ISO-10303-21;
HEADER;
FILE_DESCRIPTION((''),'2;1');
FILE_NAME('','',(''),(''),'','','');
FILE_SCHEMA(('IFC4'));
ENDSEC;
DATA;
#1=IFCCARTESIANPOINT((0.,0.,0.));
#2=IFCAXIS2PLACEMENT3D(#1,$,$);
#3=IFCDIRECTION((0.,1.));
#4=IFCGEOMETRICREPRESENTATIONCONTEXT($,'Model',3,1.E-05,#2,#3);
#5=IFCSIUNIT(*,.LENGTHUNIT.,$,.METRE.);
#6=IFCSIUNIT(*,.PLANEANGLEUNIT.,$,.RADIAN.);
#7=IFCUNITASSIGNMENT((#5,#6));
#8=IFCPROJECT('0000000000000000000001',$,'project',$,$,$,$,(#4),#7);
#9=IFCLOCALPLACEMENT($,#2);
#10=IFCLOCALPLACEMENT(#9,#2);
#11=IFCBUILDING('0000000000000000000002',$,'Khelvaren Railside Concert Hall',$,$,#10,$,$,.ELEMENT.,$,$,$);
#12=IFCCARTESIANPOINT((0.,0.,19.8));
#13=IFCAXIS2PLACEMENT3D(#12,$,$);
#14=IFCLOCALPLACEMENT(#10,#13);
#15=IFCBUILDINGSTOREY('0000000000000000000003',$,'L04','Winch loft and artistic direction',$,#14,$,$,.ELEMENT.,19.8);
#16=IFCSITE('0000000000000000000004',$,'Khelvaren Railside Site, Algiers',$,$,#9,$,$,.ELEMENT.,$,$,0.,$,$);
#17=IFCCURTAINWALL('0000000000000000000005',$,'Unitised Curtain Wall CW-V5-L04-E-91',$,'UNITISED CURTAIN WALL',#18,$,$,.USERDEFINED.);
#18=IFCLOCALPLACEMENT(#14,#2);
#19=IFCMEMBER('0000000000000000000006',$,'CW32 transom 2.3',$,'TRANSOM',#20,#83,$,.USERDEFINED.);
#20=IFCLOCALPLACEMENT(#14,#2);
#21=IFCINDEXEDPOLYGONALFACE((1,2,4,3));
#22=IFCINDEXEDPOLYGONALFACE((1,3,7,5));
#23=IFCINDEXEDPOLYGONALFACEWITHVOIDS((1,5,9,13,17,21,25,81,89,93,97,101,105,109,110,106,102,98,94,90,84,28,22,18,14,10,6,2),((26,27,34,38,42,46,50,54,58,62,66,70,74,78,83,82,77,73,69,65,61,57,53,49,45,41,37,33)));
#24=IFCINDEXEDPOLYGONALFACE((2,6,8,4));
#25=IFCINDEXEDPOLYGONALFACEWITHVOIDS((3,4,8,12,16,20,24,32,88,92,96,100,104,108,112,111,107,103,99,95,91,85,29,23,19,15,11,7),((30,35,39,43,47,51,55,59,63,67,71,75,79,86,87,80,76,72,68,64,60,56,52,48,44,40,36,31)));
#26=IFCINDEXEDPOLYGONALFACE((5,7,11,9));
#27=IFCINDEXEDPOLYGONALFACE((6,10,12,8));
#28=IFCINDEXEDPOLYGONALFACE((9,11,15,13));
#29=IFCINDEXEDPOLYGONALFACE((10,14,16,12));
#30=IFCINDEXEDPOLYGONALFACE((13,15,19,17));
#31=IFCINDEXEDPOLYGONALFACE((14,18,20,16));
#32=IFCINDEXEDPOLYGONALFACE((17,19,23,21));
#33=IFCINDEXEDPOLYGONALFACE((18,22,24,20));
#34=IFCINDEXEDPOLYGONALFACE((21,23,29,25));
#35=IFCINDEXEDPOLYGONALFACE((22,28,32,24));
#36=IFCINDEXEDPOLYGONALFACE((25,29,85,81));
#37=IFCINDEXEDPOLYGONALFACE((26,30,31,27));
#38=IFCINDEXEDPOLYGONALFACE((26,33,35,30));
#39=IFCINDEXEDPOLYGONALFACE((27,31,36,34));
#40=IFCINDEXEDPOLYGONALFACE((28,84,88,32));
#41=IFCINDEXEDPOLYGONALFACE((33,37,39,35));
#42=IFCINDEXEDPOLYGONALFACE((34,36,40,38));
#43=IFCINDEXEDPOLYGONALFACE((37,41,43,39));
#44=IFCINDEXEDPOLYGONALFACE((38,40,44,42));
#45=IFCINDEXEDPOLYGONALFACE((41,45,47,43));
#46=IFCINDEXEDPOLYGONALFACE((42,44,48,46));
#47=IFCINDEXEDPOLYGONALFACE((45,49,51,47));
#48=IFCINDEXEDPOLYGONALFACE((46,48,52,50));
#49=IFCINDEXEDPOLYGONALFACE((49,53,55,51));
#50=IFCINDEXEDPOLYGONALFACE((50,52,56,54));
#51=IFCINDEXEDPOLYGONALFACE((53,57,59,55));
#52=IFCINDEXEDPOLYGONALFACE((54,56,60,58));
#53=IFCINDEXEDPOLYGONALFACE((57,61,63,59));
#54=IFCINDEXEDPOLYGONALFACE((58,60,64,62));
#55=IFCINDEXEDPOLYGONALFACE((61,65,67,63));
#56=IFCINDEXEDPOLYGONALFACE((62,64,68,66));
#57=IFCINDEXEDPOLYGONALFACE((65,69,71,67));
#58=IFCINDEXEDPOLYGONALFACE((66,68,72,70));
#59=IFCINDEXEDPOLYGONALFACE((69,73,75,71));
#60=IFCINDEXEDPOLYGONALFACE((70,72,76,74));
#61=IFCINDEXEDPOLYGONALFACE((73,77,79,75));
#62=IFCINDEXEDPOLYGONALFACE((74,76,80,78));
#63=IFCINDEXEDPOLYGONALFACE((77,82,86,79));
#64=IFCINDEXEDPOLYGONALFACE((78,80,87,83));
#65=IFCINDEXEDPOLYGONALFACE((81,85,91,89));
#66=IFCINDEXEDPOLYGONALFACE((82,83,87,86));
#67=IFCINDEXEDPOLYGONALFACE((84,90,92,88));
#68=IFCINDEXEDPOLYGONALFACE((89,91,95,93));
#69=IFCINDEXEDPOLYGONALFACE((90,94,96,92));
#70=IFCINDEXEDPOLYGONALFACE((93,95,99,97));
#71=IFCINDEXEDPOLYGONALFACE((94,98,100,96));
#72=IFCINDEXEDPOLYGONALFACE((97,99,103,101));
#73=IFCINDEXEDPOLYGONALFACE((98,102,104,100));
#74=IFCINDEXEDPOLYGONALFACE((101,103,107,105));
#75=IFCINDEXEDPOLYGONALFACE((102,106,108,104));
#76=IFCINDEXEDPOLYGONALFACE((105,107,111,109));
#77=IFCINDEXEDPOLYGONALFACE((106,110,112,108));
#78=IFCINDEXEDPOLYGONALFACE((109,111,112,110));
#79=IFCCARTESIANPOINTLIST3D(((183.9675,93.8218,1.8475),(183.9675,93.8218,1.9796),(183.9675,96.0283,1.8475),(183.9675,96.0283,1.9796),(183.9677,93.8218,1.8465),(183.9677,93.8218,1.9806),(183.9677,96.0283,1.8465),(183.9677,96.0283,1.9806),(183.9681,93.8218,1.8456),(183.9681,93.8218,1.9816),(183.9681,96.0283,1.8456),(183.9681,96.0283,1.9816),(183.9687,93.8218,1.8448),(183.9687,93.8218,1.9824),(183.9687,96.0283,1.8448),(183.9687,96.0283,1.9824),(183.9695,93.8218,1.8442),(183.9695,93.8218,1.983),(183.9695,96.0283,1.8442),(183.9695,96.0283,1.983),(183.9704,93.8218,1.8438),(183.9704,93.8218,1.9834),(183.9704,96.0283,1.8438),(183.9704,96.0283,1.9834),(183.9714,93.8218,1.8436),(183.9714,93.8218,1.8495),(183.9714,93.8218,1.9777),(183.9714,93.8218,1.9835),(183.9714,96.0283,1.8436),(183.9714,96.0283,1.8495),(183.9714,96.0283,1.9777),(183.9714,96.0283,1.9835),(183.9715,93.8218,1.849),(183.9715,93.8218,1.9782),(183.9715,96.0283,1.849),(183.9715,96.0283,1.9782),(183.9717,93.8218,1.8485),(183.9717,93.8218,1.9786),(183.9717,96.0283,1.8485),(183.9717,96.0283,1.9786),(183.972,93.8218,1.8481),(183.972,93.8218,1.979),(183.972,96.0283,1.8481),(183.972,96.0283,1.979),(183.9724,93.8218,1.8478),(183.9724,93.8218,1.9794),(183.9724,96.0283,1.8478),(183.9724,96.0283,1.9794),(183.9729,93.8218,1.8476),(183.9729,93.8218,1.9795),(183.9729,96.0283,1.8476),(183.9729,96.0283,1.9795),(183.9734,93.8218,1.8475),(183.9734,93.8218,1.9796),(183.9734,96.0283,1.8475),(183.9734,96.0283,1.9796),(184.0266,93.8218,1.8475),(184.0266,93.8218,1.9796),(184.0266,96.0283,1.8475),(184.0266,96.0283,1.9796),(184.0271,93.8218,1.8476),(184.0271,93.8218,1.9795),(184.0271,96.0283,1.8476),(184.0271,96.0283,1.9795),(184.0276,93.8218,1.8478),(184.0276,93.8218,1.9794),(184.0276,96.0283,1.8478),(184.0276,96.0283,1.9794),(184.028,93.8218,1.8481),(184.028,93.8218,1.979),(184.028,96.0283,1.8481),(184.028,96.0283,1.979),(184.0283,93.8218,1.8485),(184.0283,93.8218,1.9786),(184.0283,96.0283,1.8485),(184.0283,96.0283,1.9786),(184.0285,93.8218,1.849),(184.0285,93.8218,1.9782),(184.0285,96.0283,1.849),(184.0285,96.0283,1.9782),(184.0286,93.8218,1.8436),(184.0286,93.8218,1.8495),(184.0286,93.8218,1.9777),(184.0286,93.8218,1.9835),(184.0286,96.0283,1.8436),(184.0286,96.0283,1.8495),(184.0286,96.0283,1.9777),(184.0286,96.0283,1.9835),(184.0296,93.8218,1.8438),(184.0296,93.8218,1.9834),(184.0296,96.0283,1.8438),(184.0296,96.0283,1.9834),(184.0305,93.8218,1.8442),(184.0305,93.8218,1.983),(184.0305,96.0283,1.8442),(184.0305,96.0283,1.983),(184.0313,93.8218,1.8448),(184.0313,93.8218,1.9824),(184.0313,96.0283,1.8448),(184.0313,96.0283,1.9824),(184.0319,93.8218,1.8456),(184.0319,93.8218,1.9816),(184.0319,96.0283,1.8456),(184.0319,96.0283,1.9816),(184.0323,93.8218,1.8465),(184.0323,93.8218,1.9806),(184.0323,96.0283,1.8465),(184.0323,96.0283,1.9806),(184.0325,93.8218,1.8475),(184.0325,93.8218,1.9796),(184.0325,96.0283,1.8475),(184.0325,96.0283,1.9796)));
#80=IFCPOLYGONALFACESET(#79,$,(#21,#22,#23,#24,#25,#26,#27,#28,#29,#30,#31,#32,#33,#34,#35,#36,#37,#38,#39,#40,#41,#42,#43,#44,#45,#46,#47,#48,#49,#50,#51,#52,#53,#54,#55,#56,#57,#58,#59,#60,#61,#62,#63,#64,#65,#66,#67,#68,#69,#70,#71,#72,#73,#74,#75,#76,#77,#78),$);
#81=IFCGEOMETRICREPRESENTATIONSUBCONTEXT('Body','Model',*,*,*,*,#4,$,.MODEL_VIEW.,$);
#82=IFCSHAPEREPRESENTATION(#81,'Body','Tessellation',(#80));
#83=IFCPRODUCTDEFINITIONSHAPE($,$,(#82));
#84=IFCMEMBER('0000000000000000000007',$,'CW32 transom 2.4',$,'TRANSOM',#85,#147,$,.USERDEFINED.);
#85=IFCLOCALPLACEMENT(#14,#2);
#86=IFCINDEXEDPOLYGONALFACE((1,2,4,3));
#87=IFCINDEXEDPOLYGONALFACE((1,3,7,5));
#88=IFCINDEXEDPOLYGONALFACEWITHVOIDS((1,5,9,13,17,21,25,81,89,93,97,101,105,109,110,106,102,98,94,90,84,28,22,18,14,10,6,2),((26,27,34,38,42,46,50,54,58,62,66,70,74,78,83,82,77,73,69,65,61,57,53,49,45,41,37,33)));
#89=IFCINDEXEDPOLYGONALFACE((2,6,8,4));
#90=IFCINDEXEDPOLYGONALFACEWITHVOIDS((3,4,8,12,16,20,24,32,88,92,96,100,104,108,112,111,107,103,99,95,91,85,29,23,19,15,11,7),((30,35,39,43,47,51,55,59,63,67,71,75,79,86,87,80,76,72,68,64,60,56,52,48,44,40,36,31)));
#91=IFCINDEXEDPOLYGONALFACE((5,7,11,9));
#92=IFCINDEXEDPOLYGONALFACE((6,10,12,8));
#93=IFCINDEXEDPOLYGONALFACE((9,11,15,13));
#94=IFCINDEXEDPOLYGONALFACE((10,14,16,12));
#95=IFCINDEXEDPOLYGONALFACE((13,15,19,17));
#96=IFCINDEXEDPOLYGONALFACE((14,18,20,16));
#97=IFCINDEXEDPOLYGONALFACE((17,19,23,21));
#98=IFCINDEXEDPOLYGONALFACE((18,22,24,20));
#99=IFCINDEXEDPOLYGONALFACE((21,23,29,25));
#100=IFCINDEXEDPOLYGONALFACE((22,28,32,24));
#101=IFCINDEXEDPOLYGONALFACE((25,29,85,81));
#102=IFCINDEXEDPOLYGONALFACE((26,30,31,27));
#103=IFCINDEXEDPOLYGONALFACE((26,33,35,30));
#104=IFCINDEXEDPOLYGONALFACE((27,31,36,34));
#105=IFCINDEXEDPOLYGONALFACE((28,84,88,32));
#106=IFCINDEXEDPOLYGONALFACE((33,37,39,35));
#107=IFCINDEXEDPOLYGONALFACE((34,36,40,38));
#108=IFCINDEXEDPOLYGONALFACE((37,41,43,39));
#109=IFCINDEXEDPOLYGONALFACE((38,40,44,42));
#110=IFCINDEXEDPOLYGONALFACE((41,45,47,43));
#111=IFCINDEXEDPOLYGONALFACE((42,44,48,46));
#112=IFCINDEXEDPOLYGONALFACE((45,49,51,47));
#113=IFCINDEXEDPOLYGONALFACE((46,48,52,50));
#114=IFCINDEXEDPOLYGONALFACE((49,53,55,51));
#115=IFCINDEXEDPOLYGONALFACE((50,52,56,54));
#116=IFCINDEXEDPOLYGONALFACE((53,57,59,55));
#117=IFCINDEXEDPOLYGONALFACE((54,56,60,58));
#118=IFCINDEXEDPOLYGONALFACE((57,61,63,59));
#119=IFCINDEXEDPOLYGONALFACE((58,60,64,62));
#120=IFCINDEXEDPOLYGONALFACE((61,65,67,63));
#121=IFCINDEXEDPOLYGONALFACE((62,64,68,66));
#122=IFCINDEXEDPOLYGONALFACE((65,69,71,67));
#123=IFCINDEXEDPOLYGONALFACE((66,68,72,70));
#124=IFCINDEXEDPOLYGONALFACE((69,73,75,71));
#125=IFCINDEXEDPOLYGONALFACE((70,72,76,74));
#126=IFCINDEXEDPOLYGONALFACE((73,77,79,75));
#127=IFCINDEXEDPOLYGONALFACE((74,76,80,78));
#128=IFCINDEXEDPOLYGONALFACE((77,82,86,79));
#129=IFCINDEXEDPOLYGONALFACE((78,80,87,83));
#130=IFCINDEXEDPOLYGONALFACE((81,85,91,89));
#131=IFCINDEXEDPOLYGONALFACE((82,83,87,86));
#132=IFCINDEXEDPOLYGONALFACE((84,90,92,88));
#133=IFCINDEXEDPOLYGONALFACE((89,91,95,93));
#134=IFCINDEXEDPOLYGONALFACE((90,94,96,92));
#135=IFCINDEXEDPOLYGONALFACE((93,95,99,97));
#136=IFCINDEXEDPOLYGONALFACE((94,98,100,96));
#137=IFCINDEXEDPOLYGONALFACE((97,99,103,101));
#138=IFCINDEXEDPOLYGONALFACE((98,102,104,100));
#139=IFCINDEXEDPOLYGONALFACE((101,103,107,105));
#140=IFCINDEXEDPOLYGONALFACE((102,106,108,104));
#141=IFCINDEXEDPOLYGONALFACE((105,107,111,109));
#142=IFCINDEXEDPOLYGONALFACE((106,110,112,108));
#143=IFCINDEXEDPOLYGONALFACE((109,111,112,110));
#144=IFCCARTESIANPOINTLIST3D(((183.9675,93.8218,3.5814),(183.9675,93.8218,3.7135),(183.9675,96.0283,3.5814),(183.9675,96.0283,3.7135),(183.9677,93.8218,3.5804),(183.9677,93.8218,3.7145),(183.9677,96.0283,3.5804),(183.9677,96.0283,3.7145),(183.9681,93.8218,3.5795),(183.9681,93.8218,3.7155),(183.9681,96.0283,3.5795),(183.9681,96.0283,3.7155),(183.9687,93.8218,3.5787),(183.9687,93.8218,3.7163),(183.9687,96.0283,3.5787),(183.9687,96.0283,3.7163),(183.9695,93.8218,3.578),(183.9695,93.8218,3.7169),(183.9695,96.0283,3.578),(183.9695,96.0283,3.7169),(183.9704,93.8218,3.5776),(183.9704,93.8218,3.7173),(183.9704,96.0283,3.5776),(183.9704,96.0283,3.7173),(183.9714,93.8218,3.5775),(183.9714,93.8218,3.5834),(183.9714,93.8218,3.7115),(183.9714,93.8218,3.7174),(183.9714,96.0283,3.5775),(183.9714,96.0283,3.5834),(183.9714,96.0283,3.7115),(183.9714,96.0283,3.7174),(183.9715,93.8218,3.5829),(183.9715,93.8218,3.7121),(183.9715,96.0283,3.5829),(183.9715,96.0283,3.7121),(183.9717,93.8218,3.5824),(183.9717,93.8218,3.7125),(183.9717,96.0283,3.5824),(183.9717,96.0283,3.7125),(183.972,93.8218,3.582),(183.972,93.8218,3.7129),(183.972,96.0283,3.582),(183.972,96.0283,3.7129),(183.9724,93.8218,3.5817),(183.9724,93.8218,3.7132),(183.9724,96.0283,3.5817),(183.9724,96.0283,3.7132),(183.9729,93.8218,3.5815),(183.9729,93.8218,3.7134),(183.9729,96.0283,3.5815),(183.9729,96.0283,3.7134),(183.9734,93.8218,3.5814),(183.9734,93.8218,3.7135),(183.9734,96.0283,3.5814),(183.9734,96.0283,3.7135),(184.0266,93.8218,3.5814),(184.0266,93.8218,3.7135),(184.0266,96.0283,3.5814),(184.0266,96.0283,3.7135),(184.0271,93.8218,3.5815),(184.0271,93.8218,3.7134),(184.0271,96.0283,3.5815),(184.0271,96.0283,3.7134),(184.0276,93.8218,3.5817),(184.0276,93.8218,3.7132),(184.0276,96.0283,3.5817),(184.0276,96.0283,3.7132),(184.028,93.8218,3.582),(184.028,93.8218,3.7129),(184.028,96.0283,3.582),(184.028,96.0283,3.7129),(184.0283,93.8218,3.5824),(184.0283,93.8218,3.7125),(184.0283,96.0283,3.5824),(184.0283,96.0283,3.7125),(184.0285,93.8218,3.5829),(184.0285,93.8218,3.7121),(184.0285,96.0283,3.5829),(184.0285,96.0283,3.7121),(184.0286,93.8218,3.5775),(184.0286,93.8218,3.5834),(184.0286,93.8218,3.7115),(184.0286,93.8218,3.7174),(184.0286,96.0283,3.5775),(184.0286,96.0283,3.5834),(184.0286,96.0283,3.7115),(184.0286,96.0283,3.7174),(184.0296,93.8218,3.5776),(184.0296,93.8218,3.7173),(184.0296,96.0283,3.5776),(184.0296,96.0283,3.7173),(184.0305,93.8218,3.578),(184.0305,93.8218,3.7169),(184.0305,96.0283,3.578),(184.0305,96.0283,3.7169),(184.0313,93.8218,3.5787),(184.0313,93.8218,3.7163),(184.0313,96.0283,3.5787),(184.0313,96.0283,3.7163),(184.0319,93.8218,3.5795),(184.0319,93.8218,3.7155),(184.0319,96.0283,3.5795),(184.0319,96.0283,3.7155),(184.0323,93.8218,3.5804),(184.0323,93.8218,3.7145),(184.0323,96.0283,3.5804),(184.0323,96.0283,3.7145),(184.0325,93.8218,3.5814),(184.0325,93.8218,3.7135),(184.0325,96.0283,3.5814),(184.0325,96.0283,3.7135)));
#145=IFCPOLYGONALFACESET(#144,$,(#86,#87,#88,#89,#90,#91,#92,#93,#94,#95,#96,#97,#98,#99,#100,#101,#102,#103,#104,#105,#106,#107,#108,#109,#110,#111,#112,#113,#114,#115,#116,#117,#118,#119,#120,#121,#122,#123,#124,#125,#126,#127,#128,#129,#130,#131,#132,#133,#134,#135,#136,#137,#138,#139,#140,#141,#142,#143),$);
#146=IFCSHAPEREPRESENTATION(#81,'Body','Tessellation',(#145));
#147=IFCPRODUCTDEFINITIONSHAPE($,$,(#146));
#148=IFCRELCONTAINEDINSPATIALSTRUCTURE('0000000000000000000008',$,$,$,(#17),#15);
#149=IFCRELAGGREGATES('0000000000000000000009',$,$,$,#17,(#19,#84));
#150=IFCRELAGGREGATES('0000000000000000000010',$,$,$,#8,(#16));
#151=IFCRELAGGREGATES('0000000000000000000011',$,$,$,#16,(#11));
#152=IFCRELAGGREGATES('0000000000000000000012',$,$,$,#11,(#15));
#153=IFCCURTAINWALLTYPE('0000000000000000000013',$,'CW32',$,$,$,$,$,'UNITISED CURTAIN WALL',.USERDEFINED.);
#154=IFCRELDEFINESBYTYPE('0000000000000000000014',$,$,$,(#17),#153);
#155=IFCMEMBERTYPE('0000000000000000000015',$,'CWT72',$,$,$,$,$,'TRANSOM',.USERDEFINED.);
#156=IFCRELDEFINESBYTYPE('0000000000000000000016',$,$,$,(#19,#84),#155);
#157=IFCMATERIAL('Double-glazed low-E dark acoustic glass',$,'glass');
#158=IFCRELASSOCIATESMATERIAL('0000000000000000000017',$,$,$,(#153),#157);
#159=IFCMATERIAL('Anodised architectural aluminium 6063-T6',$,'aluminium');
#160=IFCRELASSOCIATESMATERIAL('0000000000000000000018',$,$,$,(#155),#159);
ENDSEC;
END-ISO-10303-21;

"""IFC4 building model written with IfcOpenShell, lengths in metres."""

from ifc_helpers import new_model, si_unit, direction, frame, origin, origin_2d, place, context, subcontext, project, spatial, hollow_rectangle, extrude, material, material_profile, profile_set, type_object, element, aggregate, save


model = new_model("IFC4")

# Units and contexts
model_context = context("Model", 3, precision=1e-05, world=origin(), true_north=direction((0.0, 1.0)))
body_context = subcontext(model_context, "Body", "Model", "MODEL_VIEW")
ifc_project = project(units=[si_unit("LENGTHUNIT", "METRE"), si_unit("PLANEANGLEUNIT", "RADIAN")], contexts=[model_context])

# Site, building, storey
site_placement = place(None, origin())
site = spatial("IfcSite", under=ifc_project, at=site_placement, Name="Khelvaren Railside Site, Algiers", CompositionType="ELEMENT", RefElevation=0.0)
building_placement = place(site_placement, origin())
building = spatial("IfcBuilding", under=site, at=building_placement, Name="Khelvaren Railside Concert Hall", CompositionType="ELEMENT")
storey_placement = place(building_placement, frame((0.0, 0.0, 19.8)))
storey = spatial("IfcBuildingStorey", under=building, at=storey_placement, Name="L04", Description="Winch loft and artistic direction", CompositionType="ELEMENT", Elevation=19.8)

# Curtain wall
ifc_material_1 = material(Name="Double-glazed low-E dark acoustic glass", Category="glass")
curtain_wall_type_1 = type_object("IfcCurtainWallType", Name="CW32", ElementType="UNITISED CURTAIN WALL", PredefinedType="USERDEFINED", material=ifc_material_1)
curtain_wall_1_placement = place(storey_placement, origin())
curtain_wall_1 = element("IfcCurtainWall", 1, at=curtain_wall_1_placement, inside=storey, type_object=curtain_wall_type_1, Name="Unitised Curtain Wall CW-V5-L04-E-91", ObjectType="UNITISED CURTAIN WALL", PredefinedType="USERDEFINED")
ifc_material_2 = material(Name="Anodised architectural aluminium 6063-T6", Category="aluminium")

# Members
ifc_material_profile_1 = material_profile(ifc_material_2, hollow_rectangle(XDim=0.0649, YDim=0.1399, WallThickness=0.0039, InnerFilletRadius=0.002, OuterFilletRadius=0.0039, at=origin_2d()), Name="CWT 65x140x4")
ifc_profile_set_1 = profile_set([ifc_material_profile_1], Name="Anodised architectural aluminium 6063-T6")
member_type_1 = type_object("IfcMemberType", Name="CWT72", ElementType="TRANSOM", PredefinedType="USERDEFINED", material=ifc_profile_set_1)
member_1_placement = place(storey_placement, frame((184.0, 96.0283, 1.9136), z_axis=(0.0, -1.0, 0.0), x_axis=(1.0, 0.0, 0.0)))
member_1 = element("IfcMember", 2, at=member_1_placement, type_object=member_type_1, Name="CW32 transom 2.3", ObjectType="TRANSOM", PredefinedType="USERDEFINED", context=body_context, shape_type="SweptSolid", body=[
    extrude(hollow_rectangle(XDim=0.0649, YDim=0.1399, WallThickness=0.0039, InnerFilletRadius=0.002, OuterFilletRadius=0.0039, at=origin_2d()), origin(), (0.0, 0.0, 1.0), 2.2065),
])
member_2_placement = place(storey_placement, frame((184.0, 96.0283, 3.6475), z_axis=(0.0, -1.0, 0.0), x_axis=(1.0, 0.0, 0.0)))
member_2 = element("IfcMember", 3, at=member_2_placement, type_object=member_type_1, Name="CW32 transom 2.4", ObjectType="TRANSOM", PredefinedType="USERDEFINED", context=body_context, shape_type="SweptSolid", body=[
    extrude(hollow_rectangle(XDim=0.0649, YDim=0.1399, WallThickness=0.0039, InnerFilletRadius=0.002, OuterFilletRadius=0.0039, at=origin_2d()), origin(), (0.0, 0.0, 1.0), 2.2065),
])

aggregate(curtain_wall_1, [member_1, member_2])

save(model, "model.ifc")
